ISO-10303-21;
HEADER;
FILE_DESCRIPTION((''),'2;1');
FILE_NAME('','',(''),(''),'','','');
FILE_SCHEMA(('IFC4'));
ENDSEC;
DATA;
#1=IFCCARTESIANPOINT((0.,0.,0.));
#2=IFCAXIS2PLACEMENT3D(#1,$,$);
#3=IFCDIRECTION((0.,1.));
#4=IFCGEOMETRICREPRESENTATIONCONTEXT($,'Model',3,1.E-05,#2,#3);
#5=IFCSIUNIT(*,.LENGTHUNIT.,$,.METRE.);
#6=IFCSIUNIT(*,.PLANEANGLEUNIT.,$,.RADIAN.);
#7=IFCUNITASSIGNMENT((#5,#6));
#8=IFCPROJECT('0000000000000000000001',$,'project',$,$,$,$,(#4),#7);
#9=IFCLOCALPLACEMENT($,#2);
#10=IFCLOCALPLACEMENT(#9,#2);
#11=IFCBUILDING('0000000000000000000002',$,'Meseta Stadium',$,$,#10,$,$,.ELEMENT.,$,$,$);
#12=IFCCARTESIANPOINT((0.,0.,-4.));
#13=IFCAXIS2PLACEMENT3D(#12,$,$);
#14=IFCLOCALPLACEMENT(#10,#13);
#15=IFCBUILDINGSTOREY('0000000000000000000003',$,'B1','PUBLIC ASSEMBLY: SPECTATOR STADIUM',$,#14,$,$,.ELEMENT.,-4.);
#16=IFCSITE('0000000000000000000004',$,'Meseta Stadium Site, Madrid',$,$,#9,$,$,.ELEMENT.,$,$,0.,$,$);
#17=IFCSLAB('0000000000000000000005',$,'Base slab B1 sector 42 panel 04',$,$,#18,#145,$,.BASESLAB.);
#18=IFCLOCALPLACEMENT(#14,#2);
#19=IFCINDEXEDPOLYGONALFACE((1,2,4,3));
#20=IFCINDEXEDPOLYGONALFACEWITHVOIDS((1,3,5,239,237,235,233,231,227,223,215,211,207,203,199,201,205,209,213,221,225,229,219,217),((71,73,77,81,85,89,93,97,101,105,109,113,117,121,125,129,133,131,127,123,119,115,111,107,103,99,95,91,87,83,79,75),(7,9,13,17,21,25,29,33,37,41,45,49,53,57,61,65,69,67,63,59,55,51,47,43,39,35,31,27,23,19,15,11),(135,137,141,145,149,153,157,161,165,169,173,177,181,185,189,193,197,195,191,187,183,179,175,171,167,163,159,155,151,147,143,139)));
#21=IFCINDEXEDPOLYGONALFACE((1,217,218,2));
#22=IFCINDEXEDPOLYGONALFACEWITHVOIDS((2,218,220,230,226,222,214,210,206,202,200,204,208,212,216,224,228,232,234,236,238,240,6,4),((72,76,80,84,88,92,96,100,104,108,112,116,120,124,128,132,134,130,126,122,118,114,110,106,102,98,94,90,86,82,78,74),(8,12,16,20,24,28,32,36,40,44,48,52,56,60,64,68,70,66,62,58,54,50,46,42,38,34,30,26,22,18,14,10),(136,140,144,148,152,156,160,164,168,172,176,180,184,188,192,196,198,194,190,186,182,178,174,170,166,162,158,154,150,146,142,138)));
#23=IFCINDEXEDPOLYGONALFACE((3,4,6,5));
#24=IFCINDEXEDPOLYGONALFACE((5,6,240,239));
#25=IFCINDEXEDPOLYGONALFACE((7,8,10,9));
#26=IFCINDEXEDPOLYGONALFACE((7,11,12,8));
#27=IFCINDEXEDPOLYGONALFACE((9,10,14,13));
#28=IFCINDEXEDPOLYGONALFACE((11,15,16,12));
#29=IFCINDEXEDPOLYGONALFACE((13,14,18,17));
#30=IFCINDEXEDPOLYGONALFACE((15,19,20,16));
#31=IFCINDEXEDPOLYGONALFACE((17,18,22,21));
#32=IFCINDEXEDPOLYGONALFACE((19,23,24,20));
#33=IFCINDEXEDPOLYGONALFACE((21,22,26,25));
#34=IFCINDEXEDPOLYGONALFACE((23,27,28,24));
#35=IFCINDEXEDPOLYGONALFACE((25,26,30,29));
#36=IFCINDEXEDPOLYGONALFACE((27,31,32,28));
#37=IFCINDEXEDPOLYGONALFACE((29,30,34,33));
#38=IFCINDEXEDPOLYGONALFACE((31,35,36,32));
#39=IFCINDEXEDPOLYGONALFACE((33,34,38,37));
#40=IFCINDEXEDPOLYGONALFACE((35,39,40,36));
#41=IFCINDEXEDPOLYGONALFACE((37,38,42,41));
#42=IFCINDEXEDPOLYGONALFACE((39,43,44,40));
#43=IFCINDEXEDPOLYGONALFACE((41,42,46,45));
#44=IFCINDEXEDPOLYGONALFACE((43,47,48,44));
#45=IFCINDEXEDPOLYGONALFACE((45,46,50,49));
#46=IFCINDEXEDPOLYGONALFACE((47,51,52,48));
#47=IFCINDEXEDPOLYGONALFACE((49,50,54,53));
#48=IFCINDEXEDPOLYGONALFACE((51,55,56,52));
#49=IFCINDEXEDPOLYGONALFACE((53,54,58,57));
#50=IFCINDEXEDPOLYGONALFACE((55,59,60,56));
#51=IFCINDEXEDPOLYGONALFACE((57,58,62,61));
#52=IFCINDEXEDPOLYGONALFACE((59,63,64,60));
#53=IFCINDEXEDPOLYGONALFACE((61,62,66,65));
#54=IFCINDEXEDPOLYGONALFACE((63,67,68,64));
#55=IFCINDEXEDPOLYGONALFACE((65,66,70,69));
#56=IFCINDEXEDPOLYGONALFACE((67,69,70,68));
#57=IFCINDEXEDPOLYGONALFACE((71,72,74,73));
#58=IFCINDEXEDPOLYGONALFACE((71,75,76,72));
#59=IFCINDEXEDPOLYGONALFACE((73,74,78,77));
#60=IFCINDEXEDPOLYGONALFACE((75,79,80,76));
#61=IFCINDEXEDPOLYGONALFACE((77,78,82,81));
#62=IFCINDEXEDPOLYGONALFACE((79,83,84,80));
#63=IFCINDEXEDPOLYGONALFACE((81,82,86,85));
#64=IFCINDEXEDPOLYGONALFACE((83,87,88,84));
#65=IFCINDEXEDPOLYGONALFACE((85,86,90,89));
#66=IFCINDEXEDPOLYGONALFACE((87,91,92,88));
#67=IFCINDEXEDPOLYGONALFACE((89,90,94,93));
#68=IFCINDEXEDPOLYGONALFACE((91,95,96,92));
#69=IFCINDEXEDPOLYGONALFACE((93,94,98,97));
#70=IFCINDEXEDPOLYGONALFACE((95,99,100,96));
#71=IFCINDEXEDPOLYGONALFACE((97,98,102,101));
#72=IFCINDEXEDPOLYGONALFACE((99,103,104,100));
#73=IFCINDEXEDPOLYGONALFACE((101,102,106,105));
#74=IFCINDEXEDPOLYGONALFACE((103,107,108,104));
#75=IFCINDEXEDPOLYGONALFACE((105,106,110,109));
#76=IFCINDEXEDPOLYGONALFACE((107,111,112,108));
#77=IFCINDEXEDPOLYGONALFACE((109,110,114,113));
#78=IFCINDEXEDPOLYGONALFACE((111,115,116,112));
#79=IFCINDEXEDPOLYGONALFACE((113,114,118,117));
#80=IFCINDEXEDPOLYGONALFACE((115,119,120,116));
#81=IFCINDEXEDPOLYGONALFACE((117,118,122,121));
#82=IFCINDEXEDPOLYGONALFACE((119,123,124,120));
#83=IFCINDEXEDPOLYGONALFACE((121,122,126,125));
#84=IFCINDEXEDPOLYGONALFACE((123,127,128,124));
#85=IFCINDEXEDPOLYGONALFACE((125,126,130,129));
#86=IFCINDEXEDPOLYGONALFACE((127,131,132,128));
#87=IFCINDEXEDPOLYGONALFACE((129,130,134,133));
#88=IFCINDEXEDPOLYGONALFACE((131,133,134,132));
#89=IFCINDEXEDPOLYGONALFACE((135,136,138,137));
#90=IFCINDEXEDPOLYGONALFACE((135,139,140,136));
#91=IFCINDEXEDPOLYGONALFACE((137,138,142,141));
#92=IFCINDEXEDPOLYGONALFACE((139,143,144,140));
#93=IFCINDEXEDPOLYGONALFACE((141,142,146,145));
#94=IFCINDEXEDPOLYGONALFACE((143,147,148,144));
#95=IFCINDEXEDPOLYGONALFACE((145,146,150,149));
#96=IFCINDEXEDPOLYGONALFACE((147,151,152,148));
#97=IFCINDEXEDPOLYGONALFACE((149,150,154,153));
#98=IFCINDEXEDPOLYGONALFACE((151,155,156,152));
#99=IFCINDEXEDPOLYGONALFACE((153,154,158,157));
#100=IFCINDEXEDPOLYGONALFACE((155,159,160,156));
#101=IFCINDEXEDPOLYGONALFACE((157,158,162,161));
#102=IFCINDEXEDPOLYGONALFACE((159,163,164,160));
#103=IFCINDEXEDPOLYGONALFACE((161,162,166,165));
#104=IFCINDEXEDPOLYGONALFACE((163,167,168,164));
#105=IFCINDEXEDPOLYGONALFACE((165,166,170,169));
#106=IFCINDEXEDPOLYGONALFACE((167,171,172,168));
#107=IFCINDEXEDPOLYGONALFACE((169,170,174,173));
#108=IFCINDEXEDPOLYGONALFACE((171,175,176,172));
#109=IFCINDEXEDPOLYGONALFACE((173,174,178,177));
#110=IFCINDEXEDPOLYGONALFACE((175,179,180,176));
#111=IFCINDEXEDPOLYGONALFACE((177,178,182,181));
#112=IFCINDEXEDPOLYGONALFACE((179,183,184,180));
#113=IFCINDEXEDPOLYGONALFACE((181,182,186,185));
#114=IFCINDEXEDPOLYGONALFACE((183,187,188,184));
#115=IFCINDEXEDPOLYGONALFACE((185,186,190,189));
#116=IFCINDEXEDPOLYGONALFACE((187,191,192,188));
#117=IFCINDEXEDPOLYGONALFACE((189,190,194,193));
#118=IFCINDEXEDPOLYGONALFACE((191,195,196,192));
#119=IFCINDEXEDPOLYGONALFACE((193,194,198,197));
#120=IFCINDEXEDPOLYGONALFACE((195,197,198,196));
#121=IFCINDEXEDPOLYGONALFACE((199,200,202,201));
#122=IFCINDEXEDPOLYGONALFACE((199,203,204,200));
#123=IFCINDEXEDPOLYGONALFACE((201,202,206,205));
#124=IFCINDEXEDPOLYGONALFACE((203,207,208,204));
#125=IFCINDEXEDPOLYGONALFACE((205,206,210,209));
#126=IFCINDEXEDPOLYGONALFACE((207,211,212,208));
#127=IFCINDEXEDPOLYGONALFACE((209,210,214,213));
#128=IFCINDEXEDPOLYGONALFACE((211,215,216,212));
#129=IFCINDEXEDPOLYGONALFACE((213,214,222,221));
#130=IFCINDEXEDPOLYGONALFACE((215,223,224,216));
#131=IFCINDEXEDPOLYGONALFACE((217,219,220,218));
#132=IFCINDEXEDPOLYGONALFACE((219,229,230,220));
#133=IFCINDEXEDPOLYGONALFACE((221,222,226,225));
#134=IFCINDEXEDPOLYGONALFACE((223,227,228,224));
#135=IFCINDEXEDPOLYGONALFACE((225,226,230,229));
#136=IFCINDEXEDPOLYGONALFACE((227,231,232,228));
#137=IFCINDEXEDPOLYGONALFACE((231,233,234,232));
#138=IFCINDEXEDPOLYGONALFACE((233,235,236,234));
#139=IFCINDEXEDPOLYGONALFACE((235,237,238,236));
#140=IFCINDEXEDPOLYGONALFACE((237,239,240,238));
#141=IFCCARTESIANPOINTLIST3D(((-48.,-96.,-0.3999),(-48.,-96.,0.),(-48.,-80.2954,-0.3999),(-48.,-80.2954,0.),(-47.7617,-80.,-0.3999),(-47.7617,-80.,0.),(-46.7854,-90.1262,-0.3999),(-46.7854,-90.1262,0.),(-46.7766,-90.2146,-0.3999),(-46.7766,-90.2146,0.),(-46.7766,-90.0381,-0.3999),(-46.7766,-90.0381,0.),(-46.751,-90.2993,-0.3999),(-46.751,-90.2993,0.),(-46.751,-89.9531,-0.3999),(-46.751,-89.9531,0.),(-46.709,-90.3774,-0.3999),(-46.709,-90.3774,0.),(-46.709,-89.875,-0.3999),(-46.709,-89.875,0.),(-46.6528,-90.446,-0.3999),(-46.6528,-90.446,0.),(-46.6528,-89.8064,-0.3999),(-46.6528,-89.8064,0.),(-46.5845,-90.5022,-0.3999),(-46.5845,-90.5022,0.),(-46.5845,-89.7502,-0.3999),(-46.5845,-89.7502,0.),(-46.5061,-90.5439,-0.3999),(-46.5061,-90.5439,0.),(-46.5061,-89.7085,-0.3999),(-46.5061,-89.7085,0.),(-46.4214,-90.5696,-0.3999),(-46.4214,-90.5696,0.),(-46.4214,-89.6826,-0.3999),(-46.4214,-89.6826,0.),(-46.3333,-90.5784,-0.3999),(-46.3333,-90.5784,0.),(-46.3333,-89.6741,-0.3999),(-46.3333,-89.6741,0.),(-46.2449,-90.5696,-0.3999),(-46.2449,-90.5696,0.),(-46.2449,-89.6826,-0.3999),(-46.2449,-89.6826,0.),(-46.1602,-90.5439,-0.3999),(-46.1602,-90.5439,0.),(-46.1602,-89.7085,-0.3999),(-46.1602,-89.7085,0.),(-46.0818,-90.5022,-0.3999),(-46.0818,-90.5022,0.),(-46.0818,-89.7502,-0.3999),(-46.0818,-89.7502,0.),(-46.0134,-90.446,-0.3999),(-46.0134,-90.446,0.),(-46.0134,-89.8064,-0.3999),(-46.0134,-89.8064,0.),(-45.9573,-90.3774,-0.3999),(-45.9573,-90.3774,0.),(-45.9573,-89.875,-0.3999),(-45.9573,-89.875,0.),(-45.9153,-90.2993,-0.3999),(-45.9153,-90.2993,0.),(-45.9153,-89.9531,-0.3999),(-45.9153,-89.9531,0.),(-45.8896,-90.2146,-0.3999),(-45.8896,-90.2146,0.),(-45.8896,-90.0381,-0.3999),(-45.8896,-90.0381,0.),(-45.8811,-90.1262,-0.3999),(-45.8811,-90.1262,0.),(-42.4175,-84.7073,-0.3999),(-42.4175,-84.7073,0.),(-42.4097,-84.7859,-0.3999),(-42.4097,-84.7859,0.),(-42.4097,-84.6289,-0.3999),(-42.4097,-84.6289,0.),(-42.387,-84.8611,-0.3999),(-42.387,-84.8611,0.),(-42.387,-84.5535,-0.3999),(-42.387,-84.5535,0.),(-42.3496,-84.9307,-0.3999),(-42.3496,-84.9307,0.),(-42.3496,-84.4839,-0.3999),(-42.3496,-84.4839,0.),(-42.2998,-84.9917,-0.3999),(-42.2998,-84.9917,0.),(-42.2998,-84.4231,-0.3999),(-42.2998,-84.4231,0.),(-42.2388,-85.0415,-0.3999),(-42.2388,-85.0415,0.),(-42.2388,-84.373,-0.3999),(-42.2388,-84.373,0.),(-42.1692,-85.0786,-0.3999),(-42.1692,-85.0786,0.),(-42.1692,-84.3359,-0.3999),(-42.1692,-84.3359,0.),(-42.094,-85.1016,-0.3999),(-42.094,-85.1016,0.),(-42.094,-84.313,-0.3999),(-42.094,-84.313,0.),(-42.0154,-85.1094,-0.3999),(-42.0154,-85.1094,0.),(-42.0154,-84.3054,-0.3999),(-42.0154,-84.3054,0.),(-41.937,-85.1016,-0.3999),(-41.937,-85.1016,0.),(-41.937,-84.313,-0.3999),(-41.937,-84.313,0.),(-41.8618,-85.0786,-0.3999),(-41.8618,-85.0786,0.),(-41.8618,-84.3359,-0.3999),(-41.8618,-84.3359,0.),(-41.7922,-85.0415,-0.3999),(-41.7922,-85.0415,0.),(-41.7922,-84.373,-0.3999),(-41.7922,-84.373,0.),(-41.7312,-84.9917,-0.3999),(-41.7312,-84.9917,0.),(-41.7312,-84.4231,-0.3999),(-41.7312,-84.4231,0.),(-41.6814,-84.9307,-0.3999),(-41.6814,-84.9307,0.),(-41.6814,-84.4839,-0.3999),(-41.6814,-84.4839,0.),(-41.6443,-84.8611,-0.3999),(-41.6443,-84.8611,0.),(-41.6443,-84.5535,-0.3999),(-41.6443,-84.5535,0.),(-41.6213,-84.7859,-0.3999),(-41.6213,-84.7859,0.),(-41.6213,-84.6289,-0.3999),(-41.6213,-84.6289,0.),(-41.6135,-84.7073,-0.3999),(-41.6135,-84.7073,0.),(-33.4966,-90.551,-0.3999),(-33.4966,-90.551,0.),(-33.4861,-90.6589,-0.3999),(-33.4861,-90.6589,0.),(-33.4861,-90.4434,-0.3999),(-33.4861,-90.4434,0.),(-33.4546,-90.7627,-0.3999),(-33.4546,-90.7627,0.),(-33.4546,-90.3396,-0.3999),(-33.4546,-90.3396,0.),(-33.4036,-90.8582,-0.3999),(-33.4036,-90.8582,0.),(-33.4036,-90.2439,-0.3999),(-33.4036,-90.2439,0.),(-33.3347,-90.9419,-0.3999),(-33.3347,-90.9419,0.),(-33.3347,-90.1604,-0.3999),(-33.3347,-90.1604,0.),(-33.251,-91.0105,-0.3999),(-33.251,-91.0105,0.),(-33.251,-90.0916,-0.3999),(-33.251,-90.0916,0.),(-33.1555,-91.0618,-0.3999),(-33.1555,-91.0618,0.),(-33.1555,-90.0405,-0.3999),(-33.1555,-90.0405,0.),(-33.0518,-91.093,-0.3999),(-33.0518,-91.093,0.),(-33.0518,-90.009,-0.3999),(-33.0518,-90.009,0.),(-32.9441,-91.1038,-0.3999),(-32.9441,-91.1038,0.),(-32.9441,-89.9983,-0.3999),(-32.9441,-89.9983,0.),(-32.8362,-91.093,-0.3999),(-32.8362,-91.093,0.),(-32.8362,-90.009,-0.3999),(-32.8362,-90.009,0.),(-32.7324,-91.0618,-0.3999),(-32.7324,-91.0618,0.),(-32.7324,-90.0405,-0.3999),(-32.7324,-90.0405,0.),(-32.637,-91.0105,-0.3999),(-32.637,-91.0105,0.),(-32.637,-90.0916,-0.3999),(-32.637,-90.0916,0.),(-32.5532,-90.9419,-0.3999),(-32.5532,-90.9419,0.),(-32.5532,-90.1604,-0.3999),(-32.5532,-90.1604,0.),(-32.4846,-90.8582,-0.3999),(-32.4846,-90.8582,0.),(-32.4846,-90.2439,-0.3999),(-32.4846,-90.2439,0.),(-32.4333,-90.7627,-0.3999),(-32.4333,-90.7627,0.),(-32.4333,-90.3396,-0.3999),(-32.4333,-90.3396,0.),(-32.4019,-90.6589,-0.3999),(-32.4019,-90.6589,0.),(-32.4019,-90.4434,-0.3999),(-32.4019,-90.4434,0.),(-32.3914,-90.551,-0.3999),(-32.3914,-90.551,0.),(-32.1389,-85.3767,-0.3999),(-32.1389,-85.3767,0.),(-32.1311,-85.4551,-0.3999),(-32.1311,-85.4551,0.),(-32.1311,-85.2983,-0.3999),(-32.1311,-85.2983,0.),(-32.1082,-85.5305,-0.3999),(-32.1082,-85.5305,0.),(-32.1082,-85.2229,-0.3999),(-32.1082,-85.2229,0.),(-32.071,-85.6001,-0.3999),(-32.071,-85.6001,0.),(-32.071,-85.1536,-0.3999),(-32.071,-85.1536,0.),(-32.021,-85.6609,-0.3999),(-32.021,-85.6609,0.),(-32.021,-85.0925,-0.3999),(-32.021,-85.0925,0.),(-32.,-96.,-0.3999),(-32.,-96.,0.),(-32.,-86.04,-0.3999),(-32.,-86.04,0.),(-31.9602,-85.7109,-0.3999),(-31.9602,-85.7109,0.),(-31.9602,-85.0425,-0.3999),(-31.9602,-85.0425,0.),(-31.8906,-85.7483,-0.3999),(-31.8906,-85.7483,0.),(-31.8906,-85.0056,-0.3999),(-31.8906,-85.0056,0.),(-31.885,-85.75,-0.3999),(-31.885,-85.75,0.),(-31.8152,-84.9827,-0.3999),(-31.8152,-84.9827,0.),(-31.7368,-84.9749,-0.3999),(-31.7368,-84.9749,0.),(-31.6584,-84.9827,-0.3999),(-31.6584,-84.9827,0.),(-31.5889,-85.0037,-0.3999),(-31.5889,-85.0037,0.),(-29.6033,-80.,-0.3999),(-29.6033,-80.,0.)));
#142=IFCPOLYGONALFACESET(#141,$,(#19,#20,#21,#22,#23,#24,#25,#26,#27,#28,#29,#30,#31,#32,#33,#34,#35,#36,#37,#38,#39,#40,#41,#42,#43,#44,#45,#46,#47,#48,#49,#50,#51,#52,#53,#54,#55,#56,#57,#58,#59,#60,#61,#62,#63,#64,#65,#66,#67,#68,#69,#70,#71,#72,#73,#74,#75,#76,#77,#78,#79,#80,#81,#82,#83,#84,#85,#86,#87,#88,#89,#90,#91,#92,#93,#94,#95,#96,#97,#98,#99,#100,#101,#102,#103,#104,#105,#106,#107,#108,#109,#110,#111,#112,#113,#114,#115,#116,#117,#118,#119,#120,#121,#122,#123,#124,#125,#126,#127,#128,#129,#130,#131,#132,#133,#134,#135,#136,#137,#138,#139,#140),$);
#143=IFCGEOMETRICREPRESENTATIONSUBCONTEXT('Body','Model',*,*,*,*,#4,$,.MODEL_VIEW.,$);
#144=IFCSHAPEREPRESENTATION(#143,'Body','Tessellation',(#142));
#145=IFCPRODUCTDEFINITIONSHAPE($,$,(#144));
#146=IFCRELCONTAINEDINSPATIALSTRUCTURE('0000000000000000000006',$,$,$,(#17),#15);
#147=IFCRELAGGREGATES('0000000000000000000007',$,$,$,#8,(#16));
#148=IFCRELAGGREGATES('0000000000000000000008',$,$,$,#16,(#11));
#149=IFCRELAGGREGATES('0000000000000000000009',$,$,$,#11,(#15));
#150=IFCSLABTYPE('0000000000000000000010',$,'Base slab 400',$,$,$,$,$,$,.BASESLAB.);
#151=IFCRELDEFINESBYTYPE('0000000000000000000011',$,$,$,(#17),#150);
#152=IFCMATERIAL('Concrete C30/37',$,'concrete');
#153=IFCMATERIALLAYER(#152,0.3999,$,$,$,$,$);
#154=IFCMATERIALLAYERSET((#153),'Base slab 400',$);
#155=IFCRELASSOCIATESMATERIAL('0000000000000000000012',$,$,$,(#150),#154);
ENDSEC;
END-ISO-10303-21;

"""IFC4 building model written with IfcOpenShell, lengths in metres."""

from ifc_helpers import new_model, si_unit, direction, frame, origin, place, context, subcontext, project, spatial, polyline, outline, extrude, material, layer, layer_set, type_object, element, save


model = new_model("IFC4")

# Units and contexts
model_context = context("Model", 3, precision=1e-05, world=origin(), true_north=direction((0.0, 1.0)))
body_context = subcontext(model_context, "Body", "Model", "MODEL_VIEW")
ifc_project = project(units=[si_unit("LENGTHUNIT", "METRE"), si_unit("PLANEANGLEUNIT", "RADIAN")], contexts=[model_context])

# Site, building, storey
site_placement = place(None, origin())
site = spatial("IfcSite", under=ifc_project, at=site_placement, Name="Meseta Stadium Site, Madrid", CompositionType="ELEMENT", RefElevation=0.0)
building_placement = place(site_placement, origin())
building = spatial("IfcBuilding", under=site, at=building_placement, Name="Meseta Stadium", CompositionType="ELEMENT")
storey_placement = place(building_placement, frame((0.0, 0.0, -4.0)))
storey = spatial("IfcBuildingStorey", under=building, at=storey_placement, Name="B1", Description="PUBLIC ASSEMBLY: SPECTATOR STADIUM", CompositionType="ELEMENT", Elevation=-4.0)

# Slab
ifc_material = material(Name="Concrete C30/37", Category="concrete")
ifc_layer = layer(ifc_material, 0.3999)
ifc_layer_set = layer_set([ifc_layer], Name="Base slab 400")
slab_type = type_object("IfcSlabType", Name="Base slab 400", PredefinedType="BASESLAB", material=ifc_layer_set)
slab_1_placement = place(storey_placement, frame((0.0, 0.0, -0.3999)))
element("IfcSlab", 1, at=slab_1_placement, inside=storey, type_object=slab_type, Name="Base slab B1 sector 42 panel 04", PredefinedType="BASESLAB", context=body_context, shape_type="SweptSolid", body=[
    extrude(outline(polyline([(-32.1311, -85.2983), (-32.1082, -85.2229), (-32.071, -85.1536), (-32.021, -85.0925), (-31.9602, -85.0425), (-31.8906, -85.0056), (-31.8152, -84.9827), (-31.7368, -84.9749), (-31.6584, -84.9827), (-31.5889, -85.0037), (-29.6033, -80.0), (-47.7617, -80.0), (-48.0, -80.2954), (-48.0, -96.0), (-32.0, -96.0), (-32.0, -86.04), (-31.885, -85.75), (-31.8906, -85.7483), (-31.9602, -85.7109), (-32.021, -85.6609), (-32.071, -85.6001), (-32.1082, -85.5305), (-32.1311, -85.4551), (-32.1389, -85.3767), (-32.1311, -85.2983)]), holes=[polyline([(-42.3496, -84.4839), (-42.2998, -84.4231), (-42.2388, -84.373), (-42.1692, -84.3359), (-42.094, -84.313), (-42.0154, -84.3054), (-41.937, -84.313), (-41.8618, -84.3359), (-41.7922, -84.373), (-41.7312, -84.4231), (-41.6814, -84.4839), (-41.6443, -84.5535), (-41.6213, -84.6289), (-41.6135, -84.7073), (-41.6213, -84.7859), (-41.6443, -84.8611), (-41.6814, -84.9307), (-41.7312, -84.9917), (-41.7922, -85.0415), (-41.8618, -85.0786), (-41.937, -85.1016), (-42.0154, -85.1094), (-42.094, -85.1016), (-42.1692, -85.0786), (-42.2388, -85.0415), (-42.2998, -84.9917), (-42.3496, -84.9307), (-42.387, -84.8611), (-42.4097, -84.7859), (-42.4175, -84.7073), (-42.4097, -84.6289), (-42.387, -84.5535), (-42.3496, -84.4839)]), polyline([(-45.9153, -89.9531), (-45.8896, -90.0381), (-45.8811, -90.1262), (-45.8896, -90.2146), (-45.9153, -90.2993), (-45.9573, -90.3774), (-46.0134, -90.446), (-46.0818, -90.5022), (-46.1602, -90.5439), (-46.2449, -90.5696), (-46.3333, -90.5784), (-46.4214, -90.5696), (-46.5061, -90.5439), (-46.5845, -90.5022), (-46.6528, -90.446), (-46.709, -90.3774), (-46.751, -90.2993), (-46.7766, -90.2146), (-46.7854, -90.1262), (-46.7766, -90.0381), (-46.751, -89.9531), (-46.709, -89.875), (-46.6528, -89.8064), (-46.5845, -89.7502), (-46.5061, -89.7085), (-46.4214, -89.6826), (-46.3333, -89.6741), (-46.2449, -89.6826), (-46.1602, -89.7085), (-46.0818, -89.7502), (-46.0134, -89.8064), (-45.9573, -89.875), (-45.9153, -89.9531)]), polyline([(-32.3914, -90.551), (-32.4019, -90.6589), (-32.4333, -90.7627), (-32.4846, -90.8582), (-32.5532, -90.9419), (-32.637, -91.0105), (-32.7324, -91.0618), (-32.8362, -91.093), (-32.9441, -91.1038), (-33.0518, -91.093), (-33.1555, -91.0618), (-33.251, -91.0105), (-33.3347, -90.9419), (-33.4036, -90.8582), (-33.4546, -90.7627), (-33.4861, -90.6589), (-33.4966, -90.551), (-33.4861, -90.4434), (-33.4546, -90.3396), (-33.4036, -90.2439), (-33.3347, -90.1604), (-33.251, -90.0916), (-33.1555, -90.0405), (-33.0518, -90.009), (-32.9441, -89.9983), (-32.8362, -90.009), (-32.7324, -90.0405), (-32.637, -90.0916), (-32.5532, -90.1604), (-32.4846, -90.2439), (-32.4333, -90.3396), (-32.4019, -90.4434), (-32.3914, -90.551)])]), origin(), (0.0, 0.0, 1.0), 0.3999),
])

save(model, "model.ifc")
